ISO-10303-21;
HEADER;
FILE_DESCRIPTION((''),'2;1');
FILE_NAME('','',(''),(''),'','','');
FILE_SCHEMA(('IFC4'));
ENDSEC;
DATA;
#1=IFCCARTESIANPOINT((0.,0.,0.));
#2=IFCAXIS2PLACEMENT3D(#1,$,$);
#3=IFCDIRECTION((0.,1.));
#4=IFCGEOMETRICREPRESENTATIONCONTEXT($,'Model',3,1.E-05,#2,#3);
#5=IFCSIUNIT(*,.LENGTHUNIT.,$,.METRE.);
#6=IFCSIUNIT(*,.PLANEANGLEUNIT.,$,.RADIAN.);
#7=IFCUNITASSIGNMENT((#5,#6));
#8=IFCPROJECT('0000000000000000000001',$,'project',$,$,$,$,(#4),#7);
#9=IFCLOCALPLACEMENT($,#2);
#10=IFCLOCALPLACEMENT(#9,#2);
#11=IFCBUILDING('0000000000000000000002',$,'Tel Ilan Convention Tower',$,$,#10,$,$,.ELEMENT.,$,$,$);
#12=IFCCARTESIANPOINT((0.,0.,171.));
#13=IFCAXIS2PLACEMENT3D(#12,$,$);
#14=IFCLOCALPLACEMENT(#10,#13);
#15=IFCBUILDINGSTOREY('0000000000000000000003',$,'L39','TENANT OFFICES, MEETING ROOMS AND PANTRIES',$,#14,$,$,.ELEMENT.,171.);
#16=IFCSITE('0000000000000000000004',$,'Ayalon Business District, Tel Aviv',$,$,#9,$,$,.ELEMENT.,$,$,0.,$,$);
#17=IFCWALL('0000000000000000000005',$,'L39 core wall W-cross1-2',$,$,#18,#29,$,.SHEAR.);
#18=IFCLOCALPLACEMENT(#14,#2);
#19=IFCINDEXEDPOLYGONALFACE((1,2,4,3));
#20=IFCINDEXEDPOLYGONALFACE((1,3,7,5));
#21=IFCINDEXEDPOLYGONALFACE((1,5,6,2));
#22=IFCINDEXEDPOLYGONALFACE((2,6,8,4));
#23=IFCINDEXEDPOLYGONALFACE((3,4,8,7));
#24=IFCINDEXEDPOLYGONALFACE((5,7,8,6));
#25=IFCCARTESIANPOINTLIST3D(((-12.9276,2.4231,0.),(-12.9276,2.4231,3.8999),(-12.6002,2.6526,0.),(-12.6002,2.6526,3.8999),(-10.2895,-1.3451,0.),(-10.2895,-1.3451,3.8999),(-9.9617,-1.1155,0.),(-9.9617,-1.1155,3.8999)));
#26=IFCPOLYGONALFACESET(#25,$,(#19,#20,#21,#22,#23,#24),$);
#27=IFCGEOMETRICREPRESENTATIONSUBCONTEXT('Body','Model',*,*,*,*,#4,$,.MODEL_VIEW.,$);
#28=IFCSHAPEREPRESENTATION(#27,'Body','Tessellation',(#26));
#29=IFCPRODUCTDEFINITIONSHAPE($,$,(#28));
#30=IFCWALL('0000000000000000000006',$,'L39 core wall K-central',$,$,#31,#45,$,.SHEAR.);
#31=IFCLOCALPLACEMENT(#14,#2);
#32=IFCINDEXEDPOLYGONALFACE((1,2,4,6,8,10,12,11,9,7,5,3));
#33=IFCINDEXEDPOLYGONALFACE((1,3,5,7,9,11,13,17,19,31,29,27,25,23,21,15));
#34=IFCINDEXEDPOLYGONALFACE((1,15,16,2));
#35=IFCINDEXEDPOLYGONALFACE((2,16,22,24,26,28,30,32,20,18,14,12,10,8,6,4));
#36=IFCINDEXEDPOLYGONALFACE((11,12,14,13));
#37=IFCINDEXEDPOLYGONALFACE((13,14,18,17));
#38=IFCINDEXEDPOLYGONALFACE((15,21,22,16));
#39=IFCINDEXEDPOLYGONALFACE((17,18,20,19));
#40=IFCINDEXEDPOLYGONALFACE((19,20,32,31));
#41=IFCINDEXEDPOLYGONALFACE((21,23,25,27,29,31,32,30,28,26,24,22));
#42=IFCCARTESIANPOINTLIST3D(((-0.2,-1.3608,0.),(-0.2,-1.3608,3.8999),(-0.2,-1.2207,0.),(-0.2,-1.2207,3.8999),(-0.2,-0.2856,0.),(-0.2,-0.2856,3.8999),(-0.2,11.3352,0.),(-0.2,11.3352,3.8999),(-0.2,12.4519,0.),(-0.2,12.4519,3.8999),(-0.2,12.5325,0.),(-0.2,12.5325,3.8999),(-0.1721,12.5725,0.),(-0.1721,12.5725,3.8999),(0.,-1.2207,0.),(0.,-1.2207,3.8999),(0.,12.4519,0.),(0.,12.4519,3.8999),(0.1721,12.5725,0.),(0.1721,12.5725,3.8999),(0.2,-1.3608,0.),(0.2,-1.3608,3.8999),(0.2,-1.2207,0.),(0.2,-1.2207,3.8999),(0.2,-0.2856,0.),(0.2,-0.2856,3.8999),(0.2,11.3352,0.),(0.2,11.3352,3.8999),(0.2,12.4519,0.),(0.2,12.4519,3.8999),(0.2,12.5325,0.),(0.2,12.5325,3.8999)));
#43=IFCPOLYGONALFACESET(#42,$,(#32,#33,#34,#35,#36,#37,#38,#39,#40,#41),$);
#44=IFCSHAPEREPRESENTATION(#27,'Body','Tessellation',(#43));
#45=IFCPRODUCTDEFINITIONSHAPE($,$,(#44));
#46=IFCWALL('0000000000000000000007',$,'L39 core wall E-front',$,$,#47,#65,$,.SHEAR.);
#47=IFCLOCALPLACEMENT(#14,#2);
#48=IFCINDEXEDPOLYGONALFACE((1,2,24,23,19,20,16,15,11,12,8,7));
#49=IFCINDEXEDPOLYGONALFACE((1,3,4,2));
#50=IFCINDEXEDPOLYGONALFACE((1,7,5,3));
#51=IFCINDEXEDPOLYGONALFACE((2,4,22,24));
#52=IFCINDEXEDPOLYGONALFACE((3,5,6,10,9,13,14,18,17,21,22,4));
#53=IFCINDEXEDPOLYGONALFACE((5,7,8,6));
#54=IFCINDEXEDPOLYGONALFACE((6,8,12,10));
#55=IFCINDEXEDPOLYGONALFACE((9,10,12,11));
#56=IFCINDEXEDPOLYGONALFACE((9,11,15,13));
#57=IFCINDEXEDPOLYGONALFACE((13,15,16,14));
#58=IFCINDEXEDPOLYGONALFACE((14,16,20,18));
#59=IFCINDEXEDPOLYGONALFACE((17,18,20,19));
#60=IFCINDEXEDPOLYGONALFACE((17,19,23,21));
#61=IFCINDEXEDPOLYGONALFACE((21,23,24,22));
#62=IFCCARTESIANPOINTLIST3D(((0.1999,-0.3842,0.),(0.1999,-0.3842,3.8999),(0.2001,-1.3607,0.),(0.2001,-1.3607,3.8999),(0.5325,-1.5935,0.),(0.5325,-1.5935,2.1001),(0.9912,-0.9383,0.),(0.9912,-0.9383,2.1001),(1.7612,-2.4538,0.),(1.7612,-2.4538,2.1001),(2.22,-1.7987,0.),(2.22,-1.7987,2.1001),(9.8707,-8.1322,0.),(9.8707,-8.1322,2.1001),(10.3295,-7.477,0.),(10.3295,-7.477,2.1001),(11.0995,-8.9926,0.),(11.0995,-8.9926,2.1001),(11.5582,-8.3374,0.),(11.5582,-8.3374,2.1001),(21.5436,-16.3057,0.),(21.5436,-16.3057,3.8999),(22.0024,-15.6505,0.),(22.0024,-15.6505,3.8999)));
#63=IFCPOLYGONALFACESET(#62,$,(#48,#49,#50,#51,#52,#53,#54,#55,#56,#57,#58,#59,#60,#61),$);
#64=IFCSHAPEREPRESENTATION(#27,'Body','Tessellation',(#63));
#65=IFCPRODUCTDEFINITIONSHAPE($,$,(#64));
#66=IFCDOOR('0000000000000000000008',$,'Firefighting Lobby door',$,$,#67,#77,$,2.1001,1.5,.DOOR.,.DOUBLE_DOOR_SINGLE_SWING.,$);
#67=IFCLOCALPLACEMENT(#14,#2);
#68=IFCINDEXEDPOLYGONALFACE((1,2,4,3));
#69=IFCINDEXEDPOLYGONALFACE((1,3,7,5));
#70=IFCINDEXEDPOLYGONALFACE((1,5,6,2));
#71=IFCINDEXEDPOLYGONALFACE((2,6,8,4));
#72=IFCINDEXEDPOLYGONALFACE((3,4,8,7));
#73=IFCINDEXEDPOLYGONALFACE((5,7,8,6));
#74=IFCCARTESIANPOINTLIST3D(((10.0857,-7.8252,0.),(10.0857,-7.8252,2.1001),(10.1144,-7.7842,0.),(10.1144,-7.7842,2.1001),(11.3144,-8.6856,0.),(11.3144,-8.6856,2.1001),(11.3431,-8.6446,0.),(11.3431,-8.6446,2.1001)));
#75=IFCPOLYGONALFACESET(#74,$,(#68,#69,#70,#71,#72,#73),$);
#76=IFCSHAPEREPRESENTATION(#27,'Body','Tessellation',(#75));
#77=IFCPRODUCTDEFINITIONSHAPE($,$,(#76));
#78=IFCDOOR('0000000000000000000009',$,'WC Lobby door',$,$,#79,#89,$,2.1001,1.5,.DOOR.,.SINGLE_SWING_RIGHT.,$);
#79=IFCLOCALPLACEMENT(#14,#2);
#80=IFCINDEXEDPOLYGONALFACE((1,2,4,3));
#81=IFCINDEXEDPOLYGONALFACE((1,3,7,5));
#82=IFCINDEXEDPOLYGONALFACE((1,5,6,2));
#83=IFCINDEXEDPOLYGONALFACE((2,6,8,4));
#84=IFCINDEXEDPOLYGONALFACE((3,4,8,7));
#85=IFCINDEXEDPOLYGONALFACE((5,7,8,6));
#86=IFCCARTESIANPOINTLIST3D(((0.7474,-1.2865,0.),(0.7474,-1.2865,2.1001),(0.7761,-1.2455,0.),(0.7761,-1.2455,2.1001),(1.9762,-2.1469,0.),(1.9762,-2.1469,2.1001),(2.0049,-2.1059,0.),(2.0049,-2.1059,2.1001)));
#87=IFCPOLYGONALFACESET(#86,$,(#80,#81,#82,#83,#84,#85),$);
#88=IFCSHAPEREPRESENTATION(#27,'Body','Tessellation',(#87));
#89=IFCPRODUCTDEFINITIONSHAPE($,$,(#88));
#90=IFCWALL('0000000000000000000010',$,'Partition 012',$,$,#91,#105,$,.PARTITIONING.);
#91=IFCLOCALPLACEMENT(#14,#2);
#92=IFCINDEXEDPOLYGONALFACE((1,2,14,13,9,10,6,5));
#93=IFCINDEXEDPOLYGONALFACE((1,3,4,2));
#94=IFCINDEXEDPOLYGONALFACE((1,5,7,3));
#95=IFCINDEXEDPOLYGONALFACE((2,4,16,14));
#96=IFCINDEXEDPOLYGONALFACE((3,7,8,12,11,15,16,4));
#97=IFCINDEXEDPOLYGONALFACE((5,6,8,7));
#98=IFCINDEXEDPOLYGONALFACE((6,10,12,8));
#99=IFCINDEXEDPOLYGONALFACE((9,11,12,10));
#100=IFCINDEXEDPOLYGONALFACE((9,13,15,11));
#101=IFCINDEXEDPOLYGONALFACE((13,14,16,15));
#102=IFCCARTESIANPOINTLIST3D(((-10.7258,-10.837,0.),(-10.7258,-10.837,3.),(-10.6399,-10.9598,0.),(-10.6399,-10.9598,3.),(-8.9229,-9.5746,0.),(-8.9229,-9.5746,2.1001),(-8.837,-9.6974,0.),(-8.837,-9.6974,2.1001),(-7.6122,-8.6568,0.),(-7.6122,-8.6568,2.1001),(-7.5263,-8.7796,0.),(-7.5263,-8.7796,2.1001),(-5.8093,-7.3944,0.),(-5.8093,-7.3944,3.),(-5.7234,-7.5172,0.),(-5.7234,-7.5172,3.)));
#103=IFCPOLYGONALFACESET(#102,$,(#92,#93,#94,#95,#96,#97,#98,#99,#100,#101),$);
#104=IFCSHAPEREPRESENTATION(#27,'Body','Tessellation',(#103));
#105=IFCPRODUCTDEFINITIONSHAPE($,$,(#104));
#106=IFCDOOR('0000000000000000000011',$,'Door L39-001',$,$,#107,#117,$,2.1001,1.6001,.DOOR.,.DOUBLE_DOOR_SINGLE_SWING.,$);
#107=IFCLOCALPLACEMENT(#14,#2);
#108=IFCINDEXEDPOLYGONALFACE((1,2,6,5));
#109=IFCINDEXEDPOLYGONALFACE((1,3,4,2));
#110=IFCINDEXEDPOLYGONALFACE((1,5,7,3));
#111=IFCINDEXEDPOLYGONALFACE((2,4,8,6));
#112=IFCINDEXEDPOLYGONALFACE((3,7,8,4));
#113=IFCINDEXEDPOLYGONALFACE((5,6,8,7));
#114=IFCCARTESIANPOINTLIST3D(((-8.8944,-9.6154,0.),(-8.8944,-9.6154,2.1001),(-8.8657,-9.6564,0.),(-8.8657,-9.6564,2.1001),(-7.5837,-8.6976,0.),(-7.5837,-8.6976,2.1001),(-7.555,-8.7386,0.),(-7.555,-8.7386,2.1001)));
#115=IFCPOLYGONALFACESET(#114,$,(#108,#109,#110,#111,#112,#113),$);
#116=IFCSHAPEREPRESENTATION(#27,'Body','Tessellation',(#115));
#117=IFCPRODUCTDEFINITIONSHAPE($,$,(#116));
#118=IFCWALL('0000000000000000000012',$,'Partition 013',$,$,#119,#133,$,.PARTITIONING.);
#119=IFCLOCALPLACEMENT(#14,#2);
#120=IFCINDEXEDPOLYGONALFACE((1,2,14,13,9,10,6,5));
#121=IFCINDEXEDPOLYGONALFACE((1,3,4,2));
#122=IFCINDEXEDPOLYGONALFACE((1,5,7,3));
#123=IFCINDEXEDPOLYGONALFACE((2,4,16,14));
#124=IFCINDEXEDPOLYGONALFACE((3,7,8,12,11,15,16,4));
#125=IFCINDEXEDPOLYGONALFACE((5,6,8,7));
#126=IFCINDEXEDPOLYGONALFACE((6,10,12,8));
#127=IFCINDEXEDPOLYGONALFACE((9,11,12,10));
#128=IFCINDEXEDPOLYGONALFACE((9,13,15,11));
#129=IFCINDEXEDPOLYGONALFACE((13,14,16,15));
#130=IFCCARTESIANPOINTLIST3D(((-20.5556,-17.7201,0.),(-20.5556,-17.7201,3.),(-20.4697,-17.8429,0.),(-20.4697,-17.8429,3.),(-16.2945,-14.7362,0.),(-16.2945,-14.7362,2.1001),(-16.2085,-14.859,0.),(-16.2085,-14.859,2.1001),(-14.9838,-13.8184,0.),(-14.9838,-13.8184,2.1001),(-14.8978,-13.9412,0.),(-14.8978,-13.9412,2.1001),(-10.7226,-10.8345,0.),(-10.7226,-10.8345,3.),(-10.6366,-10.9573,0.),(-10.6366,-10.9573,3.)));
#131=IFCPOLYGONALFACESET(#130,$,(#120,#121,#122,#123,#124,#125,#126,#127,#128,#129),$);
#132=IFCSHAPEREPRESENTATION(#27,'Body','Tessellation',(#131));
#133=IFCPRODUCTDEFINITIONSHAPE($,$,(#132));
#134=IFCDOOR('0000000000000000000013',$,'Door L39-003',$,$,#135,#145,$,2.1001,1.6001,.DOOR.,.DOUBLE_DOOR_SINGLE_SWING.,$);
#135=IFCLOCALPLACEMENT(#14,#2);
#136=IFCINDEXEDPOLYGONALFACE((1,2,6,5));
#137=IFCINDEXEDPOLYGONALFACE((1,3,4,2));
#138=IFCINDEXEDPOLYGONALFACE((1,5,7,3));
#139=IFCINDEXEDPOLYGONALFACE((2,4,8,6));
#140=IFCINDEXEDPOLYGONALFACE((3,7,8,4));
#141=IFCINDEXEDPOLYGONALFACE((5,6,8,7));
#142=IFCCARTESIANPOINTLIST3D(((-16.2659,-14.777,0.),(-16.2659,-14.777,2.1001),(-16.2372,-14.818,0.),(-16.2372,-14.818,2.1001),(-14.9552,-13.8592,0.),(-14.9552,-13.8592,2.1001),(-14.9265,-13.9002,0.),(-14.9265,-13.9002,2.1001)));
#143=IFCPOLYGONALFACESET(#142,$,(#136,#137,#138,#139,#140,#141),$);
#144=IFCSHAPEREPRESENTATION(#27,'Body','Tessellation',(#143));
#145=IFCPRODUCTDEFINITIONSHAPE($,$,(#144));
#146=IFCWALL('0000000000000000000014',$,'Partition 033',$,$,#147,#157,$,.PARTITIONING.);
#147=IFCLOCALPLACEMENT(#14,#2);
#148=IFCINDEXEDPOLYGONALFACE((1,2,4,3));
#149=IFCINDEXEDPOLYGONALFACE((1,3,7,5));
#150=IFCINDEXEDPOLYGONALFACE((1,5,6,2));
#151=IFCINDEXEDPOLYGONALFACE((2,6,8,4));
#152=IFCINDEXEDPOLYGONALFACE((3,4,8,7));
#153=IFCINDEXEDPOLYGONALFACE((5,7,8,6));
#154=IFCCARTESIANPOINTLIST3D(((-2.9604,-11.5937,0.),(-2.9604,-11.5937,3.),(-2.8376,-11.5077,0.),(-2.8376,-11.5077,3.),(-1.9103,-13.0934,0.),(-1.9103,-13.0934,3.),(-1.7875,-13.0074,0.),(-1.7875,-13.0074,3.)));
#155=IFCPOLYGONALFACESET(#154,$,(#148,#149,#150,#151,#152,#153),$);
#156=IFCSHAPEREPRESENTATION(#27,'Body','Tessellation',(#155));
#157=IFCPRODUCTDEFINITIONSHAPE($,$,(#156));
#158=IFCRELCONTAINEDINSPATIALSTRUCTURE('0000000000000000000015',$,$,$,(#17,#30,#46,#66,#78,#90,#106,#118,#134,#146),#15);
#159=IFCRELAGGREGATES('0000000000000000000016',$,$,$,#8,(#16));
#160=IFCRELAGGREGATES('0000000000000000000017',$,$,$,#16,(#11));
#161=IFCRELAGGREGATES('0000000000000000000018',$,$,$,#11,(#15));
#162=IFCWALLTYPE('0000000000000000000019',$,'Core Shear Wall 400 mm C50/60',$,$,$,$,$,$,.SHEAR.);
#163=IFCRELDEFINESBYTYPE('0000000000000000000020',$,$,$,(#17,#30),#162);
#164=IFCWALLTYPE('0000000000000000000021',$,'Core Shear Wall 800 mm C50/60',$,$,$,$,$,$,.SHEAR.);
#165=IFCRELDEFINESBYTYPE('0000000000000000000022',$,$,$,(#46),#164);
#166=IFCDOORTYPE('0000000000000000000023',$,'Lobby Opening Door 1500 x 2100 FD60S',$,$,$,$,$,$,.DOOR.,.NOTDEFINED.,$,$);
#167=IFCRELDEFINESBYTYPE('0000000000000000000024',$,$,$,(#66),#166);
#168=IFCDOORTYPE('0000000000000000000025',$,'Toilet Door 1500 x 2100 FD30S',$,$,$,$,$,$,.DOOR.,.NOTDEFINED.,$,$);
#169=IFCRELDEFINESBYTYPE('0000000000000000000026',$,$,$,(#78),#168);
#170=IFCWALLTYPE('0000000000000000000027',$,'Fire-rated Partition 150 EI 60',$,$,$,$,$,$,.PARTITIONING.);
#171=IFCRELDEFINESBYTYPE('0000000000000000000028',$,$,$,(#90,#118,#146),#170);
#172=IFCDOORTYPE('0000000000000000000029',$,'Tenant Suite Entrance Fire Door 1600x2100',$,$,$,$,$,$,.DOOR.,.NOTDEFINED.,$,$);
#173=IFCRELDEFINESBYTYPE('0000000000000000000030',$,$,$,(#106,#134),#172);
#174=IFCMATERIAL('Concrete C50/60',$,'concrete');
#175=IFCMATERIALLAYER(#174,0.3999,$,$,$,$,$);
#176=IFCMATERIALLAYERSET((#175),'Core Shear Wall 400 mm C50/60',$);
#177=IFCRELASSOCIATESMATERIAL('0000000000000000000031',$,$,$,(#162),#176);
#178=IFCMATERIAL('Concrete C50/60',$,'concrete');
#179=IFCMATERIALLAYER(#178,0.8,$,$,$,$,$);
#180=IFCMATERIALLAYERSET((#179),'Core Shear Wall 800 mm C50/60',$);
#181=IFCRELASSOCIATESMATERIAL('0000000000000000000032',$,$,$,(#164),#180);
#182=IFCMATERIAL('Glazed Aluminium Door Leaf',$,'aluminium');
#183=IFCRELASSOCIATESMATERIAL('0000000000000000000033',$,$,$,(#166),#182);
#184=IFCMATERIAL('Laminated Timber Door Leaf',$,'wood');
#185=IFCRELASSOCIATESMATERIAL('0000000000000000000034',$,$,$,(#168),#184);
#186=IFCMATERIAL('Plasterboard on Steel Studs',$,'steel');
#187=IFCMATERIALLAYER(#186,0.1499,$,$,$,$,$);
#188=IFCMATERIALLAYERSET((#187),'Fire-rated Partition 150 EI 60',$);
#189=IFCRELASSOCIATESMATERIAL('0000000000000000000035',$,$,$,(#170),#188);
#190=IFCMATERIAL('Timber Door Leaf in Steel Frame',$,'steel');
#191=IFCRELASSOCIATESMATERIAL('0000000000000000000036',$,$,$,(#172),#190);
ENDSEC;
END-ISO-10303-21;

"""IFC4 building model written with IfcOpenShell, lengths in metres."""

from ifc_helpers import new_model, si_unit, direction, frame, frame_2d, origin, place, context, subcontext, project, spatial, polyline, rectangle, outline, extrude, material, layer, layer_set, type_object, element, fill, save


model = new_model("IFC4")

# Units and contexts
model_context = context("Model", 3, precision=1e-05, world=origin(), true_north=direction((0.0, 1.0)))
body_context = subcontext(model_context, "Body", "Model", "MODEL_VIEW")
ifc_project = project(units=[si_unit("LENGTHUNIT", "METRE"), si_unit("PLANEANGLEUNIT", "RADIAN")], contexts=[model_context])

# Site, building, storey
site_placement = place(None, origin())
site = spatial("IfcSite", under=ifc_project, at=site_placement, Name="Ayalon Business District, Tel Aviv", CompositionType="ELEMENT", RefElevation=0.0)
building_placement = place(site_placement, origin())
building = spatial("IfcBuilding", under=site, at=building_placement, Name="Tel Ilan Convention Tower", CompositionType="ELEMENT")
storey_placement = place(building_placement, frame((0.0, 0.0, 171.0)))
storey = spatial("IfcBuildingStorey", under=building, at=storey_placement, Name="L39", Description="TENANT OFFICES, MEETING ROOMS AND PANTRIES", CompositionType="ELEMENT", Elevation=171.0)

# Walls
ifc_material_1 = material(Name="Concrete C50/60", Category="concrete")
ifc_layer_1 = layer(ifc_material_1, 0.3999)
ifc_layer_set_1 = layer_set([ifc_layer_1], Name="Core Shear Wall 400 mm C50/60")
wall_type_1 = type_object("IfcWallType", Name="Core Shear Wall 400 mm C50/60", PredefinedType="SHEAR", material=ifc_layer_set_1)
wall_1_placement = place(storey_placement, frame((-10.1255, -1.2302, 0.0), z_axis=(0.0, 0.0, 1.0), x_axis=(-0.573576, 0.819152, 0.0)))
element("IfcWall", 1, at=wall_1_placement, inside=storey, type_object=wall_type_1, Name="L39 core wall W-cross1-2", PredefinedType="SHEAR", context=body_context, shape_type="SweptSolid", body=[
    extrude(outline(polyline([(4.6001, -0.2), (4.5999, 0.2), (0.0, 0.2002), (0.0, -0.2), (4.6001, -0.2)])), origin(), (0.0, 0.0, 1.0), 3.8999),
])
wall_2_placement = place(storey_placement, frame((0.0, -1.3608, 0.0), z_axis=(0.0, 0.0, 1.0), x_axis=(0.0, 1.0, 0.0)))
element("IfcWall", 2, at=wall_2_placement, inside=storey, type_object=wall_type_1, Name="L39 core wall K-central", PredefinedType="SHEAR", context=body_context, shape_type="SweptSolid", body=[
    extrude(outline(polyline([(0.0, -0.2), (0.1401, -0.2), (1.0752, -0.2), (12.696, -0.2), (13.8127, -0.2), (13.8933, -0.2), (13.9333, -0.1721), (13.8127, 0.0), (13.9333, 0.1721), (13.8933, 0.2), (13.8127, 0.2), (12.696, 0.2), (1.0752, 0.2), (0.1401, 0.2), (0.0, 0.2), (0.1401, 0.0), (0.0, -0.2)])), origin(), (0.0, 0.0, 1.0), 3.8999),
])

# Wall, openings, doors
ifc_material_2 = material(Name="Concrete C50/60", Category="concrete")
ifc_layer_2 = layer(ifc_material_2, 0.8)
ifc_layer_set_2 = layer_set([ifc_layer_2], Name="Core Shear Wall 800 mm C50/60")
wall_type_2 = type_object("IfcWallType", Name="Core Shear Wall 800 mm C50/60", PredefinedType="SHEAR", material=ifc_layer_set_2)
wall_3_placement = place(storey_placement, frame((-0.0293, -0.7119, 0.0), z_axis=(0.0, 0.0, 1.0), x_axis=(0.819152, -0.573577, 0.0)))
wall_3 = element("IfcWall", 3, at=wall_3_placement, inside=storey, type_object=wall_type_2, Name="L39 core wall E-front", PredefinedType="SHEAR", context=body_context, shape_type="SweptSolid", body=[
    extrude(outline(polyline([(26.6157, 0.3999), (-0.0002, 0.3999), (0.5601, -0.3999), (26.6157, -0.3999), (26.6157, 0.3999)])), origin(), (0.0, 0.0, 1.0), 3.8999),
])
opening_1_placement = place(wall_3_placement, frame((0.9658, 0.0, 0.0)))
opening_1 = element("IfcOpeningElement", 4, at=opening_1_placement, cuts=wall_3, PredefinedType="OPENING", context=body_context, shape_type="SweptSolid", body=[
    extrude(rectangle(XDim=1.5, YDim=2.1001, at=frame_2d((0.75, 1.05))), frame((0.0, 0.4099, 0.0), z_axis=(0.0, -1.0, 0.0), x_axis=(1.0, 0.0, 0.0)), (0.0, 0.0, 1.0), 0.8201),
])
opening_2_placement = place(wall_3_placement, frame((12.3657, 0.0, 0.0)))
opening_2 = element("IfcOpeningElement", 5, at=opening_2_placement, cuts=wall_3, PredefinedType="OPENING", context=body_context, shape_type="SweptSolid", body=[
    extrude(rectangle(XDim=1.5, YDim=2.1001, at=frame_2d((0.75, 1.05))), frame((0.0, 0.4099, 0.0), z_axis=(0.0, -1.0, 0.0), x_axis=(1.0, 0.0, 0.0)), (0.0, 0.0, 1.0), 0.8201),
])
ifc_material_3 = material(Name="Glazed Aluminium Door Leaf", Category="aluminium")
door_type_1 = type_object("IfcDoorType", Name="Lobby Opening Door 1500 x 2100 FD60S", OperationType="NOTDEFINED", PredefinedType="DOOR", material=ifc_material_3)
door_1_placement = place(opening_2_placement, origin())
door_1 = element("IfcDoor", 6, at=door_1_placement, inside=storey, type_object=door_type_1, Name="Firefighting Lobby door", OperationType="DOUBLE_DOOR_SINGLE_SWING", OverallHeight=2.1001, OverallWidth=1.5, PredefinedType="DOOR", context=body_context, shape_type="SweptSolid", body=[
    extrude(rectangle(XDim=1.5, YDim=2.1001, at=frame_2d((0.75, 1.05))), frame((0.0, 0.0249, 0.0), z_axis=(0.0, -1.0, 0.0), x_axis=(1.0, 0.0, 0.0)), (0.0, 0.0, 1.0), 0.05),
])
fill(opening_2, door_1)
ifc_material_4 = material(Name="Laminated Timber Door Leaf", Category="wood")
door_type_2 = type_object("IfcDoorType", Name="Toilet Door 1500 x 2100 FD30S", OperationType="NOTDEFINED", PredefinedType="DOOR", material=ifc_material_4)
door_2_placement = place(opening_1_placement, origin())
door_2 = element("IfcDoor", 7, at=door_2_placement, inside=storey, type_object=door_type_2, Name="WC Lobby door", OperationType="SINGLE_SWING_RIGHT", OverallHeight=2.1001, OverallWidth=1.5, PredefinedType="DOOR", context=body_context, shape_type="SweptSolid", body=[
    extrude(rectangle(XDim=1.5, YDim=2.1001, at=frame_2d((0.75, 1.05))), frame((0.0, 0.0249, 0.0), z_axis=(0.0, -1.0, 0.0), x_axis=(1.0, 0.0, 0.0)), (0.0, 0.0, 1.0), 0.05),
])
fill(opening_1, door_2)

# Walls, openings, doors
ifc_material_5 = material(Name="Plasterboard on Steel Studs", Category="steel")
ifc_layer_3 = layer(ifc_material_5, 0.1499)
ifc_layer_set_3 = layer_set([ifc_layer_3], Name="Fire-rated Partition 150 EI 60")
wall_type_3 = type_object("IfcWallType", Name="Fire-rated Partition 150 EI 60", PredefinedType="PARTITIONING", material=ifc_layer_set_3)
wall_4_placement = place(storey_placement, frame((-5.7664, -7.4558, 0.0), z_axis=(0.0, 0.0, 1.0), x_axis=(-0.819148, -0.573582, 0.0)))
wall_4 = element("IfcWall", 8, at=wall_4_placement, inside=storey, type_object=wall_type_3, Name="Partition 012", PredefinedType="PARTITIONING", context=body_context, shape_type="SweptSolid", body=[
    extrude(rectangle(XDim=6.002, YDim=0.1499, at=frame_2d((3.001, 0.0))), origin(), (0.0, 0.0, 1.0), 3.0),
])
opening_3_placement = place(wall_4_placement, frame((2.2009, 0.0, 0.0)))
opening_3 = element("IfcOpeningElement", 9, at=opening_3_placement, cuts=wall_4, PredefinedType="OPENING", context=body_context, shape_type="SweptSolid", body=[
    extrude(rectangle(XDim=1.6001, YDim=2.1001, at=frame_2d((0.8, 1.05))), frame((0.0, 0.085, 0.0), z_axis=(0.0, -1.0, 0.0), x_axis=(1.0, 0.0, 0.0)), (0.0, 0.0, 1.0), 0.1699),
])
ifc_material_6 = material(Name="Timber Door Leaf in Steel Frame", Category="steel")
door_type_3 = type_object("IfcDoorType", Name="Tenant Suite Entrance Fire Door 1600x2100", OperationType="NOTDEFINED", PredefinedType="DOOR", material=ifc_material_6)
door_3_placement = place(opening_3_placement, origin())
door_3 = element("IfcDoor", 10, at=door_3_placement, inside=storey, type_object=door_type_3, Name="Door L39-001", OperationType="DOUBLE_DOOR_SINGLE_SWING", OverallHeight=2.1001, OverallWidth=1.6001, PredefinedType="DOOR", context=body_context, shape_type="SweptSolid", body=[
    extrude(rectangle(XDim=1.6001, YDim=2.1001, at=frame_2d((0.8, 1.05))), frame((0.0, 0.0249, 0.0), z_axis=(0.0, -1.0, 0.0), x_axis=(1.0, 0.0, 0.0)), (0.0, 0.0, 1.0), 0.05),
])
fill(opening_3, door_3)
wall_5_placement = place(storey_placement, frame((-10.6797, -10.896, 0.0), z_axis=(0.0, 0.0, 1.0), x_axis=(-0.819138, -0.573596, 0.0)))
wall_5 = element("IfcWall", 11, at=wall_5_placement, inside=storey, type_object=wall_type_3, Name="Partition 013", PredefinedType="PARTITIONING", context=body_context, shape_type="SweptSolid", body=[
    extrude(rectangle(XDim=12.0042, YDim=0.1499, at=frame_2d((6.002, 0.0))), origin(), (0.0, 0.0, 1.0), 3.0),
])
opening_4_placement = place(wall_5_placement, frame((5.2019, 0.0, 0.0)))
opening_4 = element("IfcOpeningElement", 12, at=opening_4_placement, cuts=wall_5, PredefinedType="OPENING", context=body_context, shape_type="SweptSolid", body=[
    extrude(rectangle(XDim=1.6001, YDim=2.1001, at=frame_2d((0.8, 1.05))), frame((0.0, 0.085, 0.0), z_axis=(0.0, -1.0, 0.0), x_axis=(1.0, 0.0, 0.0)), (0.0, 0.0, 1.0), 0.1699),
])
door_4_placement = place(opening_4_placement, origin())
door_4 = element("IfcDoor", 13, at=door_4_placement, inside=storey, type_object=door_type_3, Name="Door L39-003", OperationType="DOUBLE_DOOR_SINGLE_SWING", OverallHeight=2.1001, OverallWidth=1.6001, PredefinedType="DOOR", context=body_context, shape_type="SweptSolid", body=[
    extrude(rectangle(XDim=1.6001, YDim=2.1001, at=frame_2d((0.8, 1.05))), frame((0.0, 0.0249, 0.0), z_axis=(0.0, -1.0, 0.0), x_axis=(1.0, 0.0, 0.0)), (0.0, 0.0, 1.0), 0.05),
])
fill(opening_4, door_4)

# Wall
wall_6_placement = place(storey_placement, frame((-1.8489, -13.0505, 0.0), z_axis=(0.0, 0.0, 1.0), x_axis=(-0.573543, 0.819176, 0.0)))
element("IfcWall", 14, at=wall_6_placement, inside=storey, type_object=wall_type_3, Name="Partition 033", PredefinedType="PARTITIONING", context=body_context, shape_type="SweptSolid", body=[
    extrude(rectangle(XDim=1.8308, YDim=0.1499, at=frame_2d((0.9155, 0.0))), origin(), (0.0, 0.0, 1.0), 3.0),
])

save(model, "model.ifc")
